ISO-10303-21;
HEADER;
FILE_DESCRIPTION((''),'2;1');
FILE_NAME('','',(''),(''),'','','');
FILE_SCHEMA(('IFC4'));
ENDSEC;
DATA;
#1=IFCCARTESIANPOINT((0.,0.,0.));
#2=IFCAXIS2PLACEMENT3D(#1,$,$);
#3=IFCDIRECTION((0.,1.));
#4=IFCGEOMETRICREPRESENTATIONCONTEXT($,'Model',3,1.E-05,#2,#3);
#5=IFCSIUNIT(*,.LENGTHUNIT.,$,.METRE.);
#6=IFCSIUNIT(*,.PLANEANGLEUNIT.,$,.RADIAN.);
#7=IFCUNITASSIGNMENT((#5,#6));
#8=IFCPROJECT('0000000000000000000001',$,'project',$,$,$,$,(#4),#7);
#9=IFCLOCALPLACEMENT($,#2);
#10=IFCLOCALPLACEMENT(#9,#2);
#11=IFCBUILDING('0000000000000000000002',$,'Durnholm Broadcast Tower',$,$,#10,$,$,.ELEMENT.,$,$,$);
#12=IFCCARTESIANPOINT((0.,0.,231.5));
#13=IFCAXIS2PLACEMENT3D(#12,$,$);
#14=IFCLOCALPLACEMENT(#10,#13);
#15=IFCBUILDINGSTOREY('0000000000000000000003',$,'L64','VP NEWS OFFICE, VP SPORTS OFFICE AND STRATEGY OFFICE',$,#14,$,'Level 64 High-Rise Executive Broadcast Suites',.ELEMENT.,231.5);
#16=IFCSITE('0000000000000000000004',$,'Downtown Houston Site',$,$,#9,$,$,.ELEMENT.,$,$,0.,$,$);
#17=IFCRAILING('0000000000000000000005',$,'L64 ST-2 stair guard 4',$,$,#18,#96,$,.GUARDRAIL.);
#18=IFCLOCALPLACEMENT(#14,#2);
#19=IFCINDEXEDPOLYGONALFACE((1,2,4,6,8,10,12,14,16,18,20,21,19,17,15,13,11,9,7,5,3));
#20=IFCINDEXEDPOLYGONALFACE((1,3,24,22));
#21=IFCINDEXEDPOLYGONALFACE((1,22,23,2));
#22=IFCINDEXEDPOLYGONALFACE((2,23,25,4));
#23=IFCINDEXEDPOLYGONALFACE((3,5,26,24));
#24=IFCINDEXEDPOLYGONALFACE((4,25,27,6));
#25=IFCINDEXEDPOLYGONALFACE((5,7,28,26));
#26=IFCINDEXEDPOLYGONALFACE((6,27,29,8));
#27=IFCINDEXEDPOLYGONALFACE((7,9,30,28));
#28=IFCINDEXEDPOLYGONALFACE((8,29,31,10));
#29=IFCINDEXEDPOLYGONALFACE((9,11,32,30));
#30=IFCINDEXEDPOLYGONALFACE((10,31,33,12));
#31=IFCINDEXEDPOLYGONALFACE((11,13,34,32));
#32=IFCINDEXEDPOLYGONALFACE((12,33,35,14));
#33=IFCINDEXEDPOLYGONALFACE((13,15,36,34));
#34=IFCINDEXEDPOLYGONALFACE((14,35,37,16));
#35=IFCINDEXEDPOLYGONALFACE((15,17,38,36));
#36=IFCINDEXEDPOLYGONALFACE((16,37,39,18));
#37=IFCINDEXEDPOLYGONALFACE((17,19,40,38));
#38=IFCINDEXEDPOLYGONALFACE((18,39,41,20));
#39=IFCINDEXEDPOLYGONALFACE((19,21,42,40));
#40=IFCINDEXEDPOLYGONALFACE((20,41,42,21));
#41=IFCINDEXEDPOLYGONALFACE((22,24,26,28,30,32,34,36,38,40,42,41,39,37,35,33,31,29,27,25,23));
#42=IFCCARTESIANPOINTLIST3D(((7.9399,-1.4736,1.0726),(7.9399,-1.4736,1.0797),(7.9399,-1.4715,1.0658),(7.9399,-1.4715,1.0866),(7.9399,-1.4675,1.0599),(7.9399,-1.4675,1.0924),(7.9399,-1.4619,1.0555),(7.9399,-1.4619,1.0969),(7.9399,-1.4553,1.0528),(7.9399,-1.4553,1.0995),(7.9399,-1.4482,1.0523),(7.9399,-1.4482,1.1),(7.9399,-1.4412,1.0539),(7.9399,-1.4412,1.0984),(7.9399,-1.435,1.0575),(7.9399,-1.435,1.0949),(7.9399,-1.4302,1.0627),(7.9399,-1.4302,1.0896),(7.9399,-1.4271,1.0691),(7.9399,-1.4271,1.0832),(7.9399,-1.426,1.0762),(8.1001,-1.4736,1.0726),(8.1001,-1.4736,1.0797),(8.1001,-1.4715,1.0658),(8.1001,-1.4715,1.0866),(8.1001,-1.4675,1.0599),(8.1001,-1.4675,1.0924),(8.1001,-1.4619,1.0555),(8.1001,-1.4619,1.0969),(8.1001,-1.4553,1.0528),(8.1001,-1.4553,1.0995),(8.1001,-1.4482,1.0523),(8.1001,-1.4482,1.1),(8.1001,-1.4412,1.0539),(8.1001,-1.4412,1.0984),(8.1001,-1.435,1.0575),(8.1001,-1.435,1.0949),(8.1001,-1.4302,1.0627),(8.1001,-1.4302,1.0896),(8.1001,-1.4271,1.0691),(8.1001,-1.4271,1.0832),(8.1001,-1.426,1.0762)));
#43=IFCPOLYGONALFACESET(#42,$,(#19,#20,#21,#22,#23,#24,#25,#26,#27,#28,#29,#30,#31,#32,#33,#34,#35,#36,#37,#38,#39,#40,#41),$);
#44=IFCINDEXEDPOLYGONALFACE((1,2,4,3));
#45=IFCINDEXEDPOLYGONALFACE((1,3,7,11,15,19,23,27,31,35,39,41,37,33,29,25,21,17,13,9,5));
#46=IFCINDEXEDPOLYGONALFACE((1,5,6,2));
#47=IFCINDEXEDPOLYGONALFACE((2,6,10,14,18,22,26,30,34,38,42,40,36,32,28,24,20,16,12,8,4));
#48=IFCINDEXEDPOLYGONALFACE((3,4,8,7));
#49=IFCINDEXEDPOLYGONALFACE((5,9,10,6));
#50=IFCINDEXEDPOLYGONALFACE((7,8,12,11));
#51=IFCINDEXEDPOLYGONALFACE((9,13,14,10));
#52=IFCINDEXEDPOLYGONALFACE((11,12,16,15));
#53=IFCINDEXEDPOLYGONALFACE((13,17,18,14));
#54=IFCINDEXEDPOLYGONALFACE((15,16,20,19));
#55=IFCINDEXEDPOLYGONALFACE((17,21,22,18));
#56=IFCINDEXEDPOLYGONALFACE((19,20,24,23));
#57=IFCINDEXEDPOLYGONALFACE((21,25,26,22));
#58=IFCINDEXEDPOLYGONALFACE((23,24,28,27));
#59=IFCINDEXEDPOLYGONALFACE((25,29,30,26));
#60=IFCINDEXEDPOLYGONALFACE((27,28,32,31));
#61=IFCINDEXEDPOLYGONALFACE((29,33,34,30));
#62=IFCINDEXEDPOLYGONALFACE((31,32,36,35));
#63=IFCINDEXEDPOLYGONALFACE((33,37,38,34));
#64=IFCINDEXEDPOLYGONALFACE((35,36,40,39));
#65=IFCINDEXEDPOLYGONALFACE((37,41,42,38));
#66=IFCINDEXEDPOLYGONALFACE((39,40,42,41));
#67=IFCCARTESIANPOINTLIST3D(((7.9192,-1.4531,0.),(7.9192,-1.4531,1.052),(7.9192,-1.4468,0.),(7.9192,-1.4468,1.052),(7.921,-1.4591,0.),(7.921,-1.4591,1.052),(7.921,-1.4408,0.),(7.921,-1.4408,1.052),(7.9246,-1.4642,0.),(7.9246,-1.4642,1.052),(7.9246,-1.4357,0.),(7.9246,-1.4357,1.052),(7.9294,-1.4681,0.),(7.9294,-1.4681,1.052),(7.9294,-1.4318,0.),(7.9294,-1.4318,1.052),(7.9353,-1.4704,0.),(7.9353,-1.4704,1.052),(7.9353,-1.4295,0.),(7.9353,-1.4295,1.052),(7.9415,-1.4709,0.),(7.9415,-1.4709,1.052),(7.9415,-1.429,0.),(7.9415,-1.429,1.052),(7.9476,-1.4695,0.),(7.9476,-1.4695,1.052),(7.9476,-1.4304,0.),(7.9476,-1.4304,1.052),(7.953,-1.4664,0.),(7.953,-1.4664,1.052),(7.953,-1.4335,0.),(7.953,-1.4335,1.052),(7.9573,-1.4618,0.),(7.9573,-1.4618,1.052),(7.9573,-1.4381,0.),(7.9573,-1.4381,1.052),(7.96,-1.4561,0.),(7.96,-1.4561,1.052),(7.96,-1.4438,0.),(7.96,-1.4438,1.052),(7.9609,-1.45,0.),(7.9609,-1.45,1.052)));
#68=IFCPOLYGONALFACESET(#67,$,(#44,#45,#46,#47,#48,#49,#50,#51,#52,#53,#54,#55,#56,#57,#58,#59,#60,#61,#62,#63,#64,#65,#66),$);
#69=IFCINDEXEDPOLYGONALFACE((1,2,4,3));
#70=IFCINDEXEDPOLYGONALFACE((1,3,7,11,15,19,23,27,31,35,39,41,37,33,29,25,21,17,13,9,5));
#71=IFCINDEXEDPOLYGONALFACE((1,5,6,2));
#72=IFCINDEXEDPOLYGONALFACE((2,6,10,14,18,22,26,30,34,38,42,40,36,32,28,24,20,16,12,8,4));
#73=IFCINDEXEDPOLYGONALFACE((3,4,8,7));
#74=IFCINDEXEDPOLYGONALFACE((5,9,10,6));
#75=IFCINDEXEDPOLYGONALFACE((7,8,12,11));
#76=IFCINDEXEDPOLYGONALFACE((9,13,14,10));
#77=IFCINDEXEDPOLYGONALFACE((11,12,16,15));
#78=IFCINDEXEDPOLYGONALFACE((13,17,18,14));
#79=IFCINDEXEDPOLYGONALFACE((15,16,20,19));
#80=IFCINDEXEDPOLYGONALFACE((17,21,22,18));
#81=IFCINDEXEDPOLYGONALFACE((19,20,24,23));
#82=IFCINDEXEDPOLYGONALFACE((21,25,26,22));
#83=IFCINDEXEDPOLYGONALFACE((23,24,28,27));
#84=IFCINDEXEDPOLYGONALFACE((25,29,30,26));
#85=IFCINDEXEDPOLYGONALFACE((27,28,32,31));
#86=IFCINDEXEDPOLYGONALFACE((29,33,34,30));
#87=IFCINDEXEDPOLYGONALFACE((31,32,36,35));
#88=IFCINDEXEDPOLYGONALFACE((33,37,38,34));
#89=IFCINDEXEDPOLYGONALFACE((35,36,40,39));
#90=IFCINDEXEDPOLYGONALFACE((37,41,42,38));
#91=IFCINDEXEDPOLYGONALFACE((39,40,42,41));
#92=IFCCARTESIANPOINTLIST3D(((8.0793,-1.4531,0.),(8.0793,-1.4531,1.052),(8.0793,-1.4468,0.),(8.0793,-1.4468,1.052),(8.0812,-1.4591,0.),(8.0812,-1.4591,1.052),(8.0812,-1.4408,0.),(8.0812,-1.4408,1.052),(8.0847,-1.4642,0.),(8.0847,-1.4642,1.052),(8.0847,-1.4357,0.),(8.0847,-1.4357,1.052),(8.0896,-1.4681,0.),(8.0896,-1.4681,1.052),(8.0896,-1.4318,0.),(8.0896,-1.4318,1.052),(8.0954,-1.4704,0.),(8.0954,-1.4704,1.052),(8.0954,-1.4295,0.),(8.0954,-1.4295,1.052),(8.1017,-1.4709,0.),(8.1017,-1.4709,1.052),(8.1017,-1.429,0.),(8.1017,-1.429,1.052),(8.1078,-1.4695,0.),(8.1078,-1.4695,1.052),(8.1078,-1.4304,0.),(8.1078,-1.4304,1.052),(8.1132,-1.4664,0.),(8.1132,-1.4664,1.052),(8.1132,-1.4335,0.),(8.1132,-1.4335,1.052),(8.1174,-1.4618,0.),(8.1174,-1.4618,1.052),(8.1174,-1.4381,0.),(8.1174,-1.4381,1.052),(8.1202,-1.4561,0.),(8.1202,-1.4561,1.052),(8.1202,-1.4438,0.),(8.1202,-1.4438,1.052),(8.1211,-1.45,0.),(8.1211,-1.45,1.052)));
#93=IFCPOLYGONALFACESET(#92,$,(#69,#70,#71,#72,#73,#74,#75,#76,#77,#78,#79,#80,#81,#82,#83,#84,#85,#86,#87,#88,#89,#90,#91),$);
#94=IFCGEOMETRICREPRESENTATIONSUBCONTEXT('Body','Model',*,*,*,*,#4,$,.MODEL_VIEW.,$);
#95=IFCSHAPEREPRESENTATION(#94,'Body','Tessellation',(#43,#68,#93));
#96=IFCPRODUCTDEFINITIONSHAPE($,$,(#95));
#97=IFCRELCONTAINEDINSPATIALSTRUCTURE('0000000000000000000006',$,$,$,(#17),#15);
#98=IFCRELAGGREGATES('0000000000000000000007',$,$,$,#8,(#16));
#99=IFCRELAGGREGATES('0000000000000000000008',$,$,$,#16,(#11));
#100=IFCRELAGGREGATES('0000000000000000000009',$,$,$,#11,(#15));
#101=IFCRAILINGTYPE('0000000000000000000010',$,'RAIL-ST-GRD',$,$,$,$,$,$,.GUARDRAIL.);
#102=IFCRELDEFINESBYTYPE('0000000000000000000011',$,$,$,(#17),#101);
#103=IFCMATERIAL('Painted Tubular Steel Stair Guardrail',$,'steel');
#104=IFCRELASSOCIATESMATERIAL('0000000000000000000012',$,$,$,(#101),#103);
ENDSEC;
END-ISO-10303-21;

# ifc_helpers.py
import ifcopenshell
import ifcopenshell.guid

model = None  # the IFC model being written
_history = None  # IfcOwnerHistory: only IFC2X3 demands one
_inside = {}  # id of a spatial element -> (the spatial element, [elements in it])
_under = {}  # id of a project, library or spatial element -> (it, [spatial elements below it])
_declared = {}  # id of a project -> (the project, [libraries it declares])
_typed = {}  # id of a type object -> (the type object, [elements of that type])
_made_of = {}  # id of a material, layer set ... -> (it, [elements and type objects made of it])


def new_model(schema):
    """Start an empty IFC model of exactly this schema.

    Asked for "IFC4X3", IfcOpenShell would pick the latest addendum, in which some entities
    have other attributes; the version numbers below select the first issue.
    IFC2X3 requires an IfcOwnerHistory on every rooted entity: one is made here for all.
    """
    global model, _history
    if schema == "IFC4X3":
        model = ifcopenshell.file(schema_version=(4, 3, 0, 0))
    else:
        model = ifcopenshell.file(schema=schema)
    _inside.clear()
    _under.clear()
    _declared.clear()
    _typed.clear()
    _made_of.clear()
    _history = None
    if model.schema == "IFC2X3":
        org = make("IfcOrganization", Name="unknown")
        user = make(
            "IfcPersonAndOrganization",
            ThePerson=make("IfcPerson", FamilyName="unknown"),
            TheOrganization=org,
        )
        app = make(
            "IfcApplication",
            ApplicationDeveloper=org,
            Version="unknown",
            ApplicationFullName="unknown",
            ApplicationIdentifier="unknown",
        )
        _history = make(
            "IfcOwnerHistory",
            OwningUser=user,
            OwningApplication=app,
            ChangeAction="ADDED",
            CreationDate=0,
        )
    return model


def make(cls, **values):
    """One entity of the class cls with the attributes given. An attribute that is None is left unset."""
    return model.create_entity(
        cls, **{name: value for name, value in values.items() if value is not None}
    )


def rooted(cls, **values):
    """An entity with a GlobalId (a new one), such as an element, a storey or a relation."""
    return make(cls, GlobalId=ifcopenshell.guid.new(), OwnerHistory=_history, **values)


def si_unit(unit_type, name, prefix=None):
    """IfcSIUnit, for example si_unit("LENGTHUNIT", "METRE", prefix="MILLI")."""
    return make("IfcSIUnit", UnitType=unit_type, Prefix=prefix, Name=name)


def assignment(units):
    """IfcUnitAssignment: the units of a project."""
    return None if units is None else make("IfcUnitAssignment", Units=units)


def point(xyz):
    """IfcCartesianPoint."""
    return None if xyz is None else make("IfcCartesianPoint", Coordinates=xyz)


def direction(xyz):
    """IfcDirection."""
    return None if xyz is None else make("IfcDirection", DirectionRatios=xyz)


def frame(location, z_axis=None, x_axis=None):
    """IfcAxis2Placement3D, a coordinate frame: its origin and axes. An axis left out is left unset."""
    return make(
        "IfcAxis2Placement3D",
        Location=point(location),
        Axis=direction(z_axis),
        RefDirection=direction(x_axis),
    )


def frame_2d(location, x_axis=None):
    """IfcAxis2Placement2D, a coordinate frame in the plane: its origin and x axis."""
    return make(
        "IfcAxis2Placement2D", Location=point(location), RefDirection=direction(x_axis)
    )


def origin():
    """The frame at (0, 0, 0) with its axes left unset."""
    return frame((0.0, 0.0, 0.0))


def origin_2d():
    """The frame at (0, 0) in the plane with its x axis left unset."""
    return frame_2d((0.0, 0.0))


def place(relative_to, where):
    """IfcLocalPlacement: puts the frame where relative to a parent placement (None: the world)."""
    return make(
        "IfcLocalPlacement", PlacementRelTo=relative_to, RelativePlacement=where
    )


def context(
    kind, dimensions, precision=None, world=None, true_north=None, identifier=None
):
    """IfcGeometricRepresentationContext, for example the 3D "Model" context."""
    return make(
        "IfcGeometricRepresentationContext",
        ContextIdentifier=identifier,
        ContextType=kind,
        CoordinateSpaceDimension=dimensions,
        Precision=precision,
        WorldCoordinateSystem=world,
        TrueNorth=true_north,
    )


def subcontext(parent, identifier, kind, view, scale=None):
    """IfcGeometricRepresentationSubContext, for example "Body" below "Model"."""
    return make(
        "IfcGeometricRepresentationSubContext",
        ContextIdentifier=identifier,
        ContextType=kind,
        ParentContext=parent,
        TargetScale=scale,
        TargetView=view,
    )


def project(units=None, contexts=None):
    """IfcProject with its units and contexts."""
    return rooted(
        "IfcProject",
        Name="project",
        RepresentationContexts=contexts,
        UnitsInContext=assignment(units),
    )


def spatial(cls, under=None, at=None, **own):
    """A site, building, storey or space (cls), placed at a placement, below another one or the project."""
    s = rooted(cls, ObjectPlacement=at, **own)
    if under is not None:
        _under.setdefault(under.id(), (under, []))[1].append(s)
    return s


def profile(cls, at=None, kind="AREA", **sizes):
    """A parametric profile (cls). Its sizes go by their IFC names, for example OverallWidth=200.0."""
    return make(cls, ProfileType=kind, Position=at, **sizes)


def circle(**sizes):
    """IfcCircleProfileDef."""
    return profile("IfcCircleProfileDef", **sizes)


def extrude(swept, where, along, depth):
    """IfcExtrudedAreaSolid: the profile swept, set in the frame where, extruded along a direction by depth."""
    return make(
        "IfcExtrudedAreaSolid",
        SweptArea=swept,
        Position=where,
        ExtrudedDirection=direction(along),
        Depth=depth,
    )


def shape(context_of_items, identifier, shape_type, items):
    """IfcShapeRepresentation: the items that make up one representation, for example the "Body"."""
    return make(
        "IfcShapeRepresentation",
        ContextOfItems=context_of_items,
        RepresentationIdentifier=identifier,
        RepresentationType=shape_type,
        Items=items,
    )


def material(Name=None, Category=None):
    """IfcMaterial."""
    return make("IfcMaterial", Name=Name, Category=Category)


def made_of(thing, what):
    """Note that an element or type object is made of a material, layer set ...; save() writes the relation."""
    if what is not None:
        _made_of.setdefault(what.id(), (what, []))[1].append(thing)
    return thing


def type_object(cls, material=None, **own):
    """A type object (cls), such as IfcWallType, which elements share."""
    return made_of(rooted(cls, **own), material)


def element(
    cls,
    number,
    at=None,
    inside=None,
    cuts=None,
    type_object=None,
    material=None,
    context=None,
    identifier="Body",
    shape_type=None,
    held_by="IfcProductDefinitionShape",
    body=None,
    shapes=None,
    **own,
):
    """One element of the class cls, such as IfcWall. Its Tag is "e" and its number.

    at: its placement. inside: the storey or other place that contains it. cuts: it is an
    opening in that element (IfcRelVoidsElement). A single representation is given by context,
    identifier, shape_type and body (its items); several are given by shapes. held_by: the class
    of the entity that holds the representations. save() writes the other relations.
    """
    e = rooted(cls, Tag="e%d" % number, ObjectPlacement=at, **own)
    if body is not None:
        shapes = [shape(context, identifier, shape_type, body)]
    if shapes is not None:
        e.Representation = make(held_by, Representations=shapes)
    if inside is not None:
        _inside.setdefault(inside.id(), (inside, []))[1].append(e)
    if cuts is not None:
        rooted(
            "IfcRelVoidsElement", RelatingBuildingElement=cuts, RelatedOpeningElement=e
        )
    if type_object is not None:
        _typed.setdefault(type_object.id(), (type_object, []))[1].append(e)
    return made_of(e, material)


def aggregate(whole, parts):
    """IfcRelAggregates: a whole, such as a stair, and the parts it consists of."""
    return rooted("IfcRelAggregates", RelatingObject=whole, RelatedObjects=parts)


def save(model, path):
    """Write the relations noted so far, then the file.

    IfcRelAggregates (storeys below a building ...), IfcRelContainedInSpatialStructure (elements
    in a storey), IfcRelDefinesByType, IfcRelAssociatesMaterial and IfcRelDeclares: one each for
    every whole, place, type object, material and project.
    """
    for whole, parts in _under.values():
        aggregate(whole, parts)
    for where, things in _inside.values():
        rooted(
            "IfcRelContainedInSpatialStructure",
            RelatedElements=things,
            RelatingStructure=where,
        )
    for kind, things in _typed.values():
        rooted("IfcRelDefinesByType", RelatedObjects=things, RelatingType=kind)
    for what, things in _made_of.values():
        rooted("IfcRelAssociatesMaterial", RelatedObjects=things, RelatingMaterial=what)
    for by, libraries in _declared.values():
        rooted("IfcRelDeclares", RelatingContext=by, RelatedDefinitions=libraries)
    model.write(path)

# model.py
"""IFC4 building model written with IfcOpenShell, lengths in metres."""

from ifc_helpers import new_model, si_unit, direction, frame, origin, origin_2d, place, context, subcontext, project, spatial, circle, extrude, material, type_object, element, save


model = new_model("IFC4")

# Units and contexts
model_context = context("Model", 3, precision=1e-05, world=origin(), true_north=direction((0.0, 1.0)))
body_context = subcontext(model_context, "Body", "Model", "MODEL_VIEW")
ifc_project = project(units=[si_unit("LENGTHUNIT", "METRE"), si_unit("PLANEANGLEUNIT", "RADIAN")], contexts=[model_context])

# Site, building, storey
site_placement = place(None, origin())
site = spatial("IfcSite", under=ifc_project, at=site_placement, Name="Downtown Houston Site", CompositionType="ELEMENT", RefElevation=0.0)
building_placement = place(site_placement, origin())
building = spatial("IfcBuilding", under=site, at=building_placement, Name="Durnholm Broadcast Tower", CompositionType="ELEMENT")
storey_placement = place(building_placement, frame((0.0, 0.0, 231.5)))
storey = spatial("IfcBuildingStorey", under=building, at=storey_placement, Name="L64", Description="VP NEWS OFFICE, VP SPORTS OFFICE AND STRATEGY OFFICE", LongName="Level 64 High-Rise Executive Broadcast Suites", CompositionType="ELEMENT", Elevation=231.5)

# Railing
ifc_material_1 = material(Name="Painted Tubular Steel Stair Guardrail", Category="steel")
railing_type_1 = type_object("IfcRailingType", Name="RAIL-ST-GRD", PredefinedType="GUARDRAIL", material=ifc_material_1)
railing_1_placement = place(storey_placement, frame((7.9399, -1.45, 0.0)))
element("IfcRailing", 1, at=railing_1_placement, inside=storey, type_object=railing_type_1, Name="L64 ST-2 stair guard 4", PredefinedType="GUARDRAIL", context=body_context, shape_type="SweptSolid", body=[
    extrude(circle(Radius=0.0239, at=origin_2d()), frame((0.0, 0.0, 1.0762), z_axis=(1.0, 0.0, 0.0), x_axis=(0.0, 1.0, 0.0)), (0.0, 0.0, 1.0), 0.1602),
    extrude(circle(Radius=0.021, at=origin_2d()), origin(), (0.0, 0.0, 1.0), 1.052),
    extrude(circle(Radius=0.021, at=origin_2d()), frame((0.1602, 0.0, 0.0)), (0.0, 0.0, 1.0), 1.052),
])

save(model, "model.ifc")
